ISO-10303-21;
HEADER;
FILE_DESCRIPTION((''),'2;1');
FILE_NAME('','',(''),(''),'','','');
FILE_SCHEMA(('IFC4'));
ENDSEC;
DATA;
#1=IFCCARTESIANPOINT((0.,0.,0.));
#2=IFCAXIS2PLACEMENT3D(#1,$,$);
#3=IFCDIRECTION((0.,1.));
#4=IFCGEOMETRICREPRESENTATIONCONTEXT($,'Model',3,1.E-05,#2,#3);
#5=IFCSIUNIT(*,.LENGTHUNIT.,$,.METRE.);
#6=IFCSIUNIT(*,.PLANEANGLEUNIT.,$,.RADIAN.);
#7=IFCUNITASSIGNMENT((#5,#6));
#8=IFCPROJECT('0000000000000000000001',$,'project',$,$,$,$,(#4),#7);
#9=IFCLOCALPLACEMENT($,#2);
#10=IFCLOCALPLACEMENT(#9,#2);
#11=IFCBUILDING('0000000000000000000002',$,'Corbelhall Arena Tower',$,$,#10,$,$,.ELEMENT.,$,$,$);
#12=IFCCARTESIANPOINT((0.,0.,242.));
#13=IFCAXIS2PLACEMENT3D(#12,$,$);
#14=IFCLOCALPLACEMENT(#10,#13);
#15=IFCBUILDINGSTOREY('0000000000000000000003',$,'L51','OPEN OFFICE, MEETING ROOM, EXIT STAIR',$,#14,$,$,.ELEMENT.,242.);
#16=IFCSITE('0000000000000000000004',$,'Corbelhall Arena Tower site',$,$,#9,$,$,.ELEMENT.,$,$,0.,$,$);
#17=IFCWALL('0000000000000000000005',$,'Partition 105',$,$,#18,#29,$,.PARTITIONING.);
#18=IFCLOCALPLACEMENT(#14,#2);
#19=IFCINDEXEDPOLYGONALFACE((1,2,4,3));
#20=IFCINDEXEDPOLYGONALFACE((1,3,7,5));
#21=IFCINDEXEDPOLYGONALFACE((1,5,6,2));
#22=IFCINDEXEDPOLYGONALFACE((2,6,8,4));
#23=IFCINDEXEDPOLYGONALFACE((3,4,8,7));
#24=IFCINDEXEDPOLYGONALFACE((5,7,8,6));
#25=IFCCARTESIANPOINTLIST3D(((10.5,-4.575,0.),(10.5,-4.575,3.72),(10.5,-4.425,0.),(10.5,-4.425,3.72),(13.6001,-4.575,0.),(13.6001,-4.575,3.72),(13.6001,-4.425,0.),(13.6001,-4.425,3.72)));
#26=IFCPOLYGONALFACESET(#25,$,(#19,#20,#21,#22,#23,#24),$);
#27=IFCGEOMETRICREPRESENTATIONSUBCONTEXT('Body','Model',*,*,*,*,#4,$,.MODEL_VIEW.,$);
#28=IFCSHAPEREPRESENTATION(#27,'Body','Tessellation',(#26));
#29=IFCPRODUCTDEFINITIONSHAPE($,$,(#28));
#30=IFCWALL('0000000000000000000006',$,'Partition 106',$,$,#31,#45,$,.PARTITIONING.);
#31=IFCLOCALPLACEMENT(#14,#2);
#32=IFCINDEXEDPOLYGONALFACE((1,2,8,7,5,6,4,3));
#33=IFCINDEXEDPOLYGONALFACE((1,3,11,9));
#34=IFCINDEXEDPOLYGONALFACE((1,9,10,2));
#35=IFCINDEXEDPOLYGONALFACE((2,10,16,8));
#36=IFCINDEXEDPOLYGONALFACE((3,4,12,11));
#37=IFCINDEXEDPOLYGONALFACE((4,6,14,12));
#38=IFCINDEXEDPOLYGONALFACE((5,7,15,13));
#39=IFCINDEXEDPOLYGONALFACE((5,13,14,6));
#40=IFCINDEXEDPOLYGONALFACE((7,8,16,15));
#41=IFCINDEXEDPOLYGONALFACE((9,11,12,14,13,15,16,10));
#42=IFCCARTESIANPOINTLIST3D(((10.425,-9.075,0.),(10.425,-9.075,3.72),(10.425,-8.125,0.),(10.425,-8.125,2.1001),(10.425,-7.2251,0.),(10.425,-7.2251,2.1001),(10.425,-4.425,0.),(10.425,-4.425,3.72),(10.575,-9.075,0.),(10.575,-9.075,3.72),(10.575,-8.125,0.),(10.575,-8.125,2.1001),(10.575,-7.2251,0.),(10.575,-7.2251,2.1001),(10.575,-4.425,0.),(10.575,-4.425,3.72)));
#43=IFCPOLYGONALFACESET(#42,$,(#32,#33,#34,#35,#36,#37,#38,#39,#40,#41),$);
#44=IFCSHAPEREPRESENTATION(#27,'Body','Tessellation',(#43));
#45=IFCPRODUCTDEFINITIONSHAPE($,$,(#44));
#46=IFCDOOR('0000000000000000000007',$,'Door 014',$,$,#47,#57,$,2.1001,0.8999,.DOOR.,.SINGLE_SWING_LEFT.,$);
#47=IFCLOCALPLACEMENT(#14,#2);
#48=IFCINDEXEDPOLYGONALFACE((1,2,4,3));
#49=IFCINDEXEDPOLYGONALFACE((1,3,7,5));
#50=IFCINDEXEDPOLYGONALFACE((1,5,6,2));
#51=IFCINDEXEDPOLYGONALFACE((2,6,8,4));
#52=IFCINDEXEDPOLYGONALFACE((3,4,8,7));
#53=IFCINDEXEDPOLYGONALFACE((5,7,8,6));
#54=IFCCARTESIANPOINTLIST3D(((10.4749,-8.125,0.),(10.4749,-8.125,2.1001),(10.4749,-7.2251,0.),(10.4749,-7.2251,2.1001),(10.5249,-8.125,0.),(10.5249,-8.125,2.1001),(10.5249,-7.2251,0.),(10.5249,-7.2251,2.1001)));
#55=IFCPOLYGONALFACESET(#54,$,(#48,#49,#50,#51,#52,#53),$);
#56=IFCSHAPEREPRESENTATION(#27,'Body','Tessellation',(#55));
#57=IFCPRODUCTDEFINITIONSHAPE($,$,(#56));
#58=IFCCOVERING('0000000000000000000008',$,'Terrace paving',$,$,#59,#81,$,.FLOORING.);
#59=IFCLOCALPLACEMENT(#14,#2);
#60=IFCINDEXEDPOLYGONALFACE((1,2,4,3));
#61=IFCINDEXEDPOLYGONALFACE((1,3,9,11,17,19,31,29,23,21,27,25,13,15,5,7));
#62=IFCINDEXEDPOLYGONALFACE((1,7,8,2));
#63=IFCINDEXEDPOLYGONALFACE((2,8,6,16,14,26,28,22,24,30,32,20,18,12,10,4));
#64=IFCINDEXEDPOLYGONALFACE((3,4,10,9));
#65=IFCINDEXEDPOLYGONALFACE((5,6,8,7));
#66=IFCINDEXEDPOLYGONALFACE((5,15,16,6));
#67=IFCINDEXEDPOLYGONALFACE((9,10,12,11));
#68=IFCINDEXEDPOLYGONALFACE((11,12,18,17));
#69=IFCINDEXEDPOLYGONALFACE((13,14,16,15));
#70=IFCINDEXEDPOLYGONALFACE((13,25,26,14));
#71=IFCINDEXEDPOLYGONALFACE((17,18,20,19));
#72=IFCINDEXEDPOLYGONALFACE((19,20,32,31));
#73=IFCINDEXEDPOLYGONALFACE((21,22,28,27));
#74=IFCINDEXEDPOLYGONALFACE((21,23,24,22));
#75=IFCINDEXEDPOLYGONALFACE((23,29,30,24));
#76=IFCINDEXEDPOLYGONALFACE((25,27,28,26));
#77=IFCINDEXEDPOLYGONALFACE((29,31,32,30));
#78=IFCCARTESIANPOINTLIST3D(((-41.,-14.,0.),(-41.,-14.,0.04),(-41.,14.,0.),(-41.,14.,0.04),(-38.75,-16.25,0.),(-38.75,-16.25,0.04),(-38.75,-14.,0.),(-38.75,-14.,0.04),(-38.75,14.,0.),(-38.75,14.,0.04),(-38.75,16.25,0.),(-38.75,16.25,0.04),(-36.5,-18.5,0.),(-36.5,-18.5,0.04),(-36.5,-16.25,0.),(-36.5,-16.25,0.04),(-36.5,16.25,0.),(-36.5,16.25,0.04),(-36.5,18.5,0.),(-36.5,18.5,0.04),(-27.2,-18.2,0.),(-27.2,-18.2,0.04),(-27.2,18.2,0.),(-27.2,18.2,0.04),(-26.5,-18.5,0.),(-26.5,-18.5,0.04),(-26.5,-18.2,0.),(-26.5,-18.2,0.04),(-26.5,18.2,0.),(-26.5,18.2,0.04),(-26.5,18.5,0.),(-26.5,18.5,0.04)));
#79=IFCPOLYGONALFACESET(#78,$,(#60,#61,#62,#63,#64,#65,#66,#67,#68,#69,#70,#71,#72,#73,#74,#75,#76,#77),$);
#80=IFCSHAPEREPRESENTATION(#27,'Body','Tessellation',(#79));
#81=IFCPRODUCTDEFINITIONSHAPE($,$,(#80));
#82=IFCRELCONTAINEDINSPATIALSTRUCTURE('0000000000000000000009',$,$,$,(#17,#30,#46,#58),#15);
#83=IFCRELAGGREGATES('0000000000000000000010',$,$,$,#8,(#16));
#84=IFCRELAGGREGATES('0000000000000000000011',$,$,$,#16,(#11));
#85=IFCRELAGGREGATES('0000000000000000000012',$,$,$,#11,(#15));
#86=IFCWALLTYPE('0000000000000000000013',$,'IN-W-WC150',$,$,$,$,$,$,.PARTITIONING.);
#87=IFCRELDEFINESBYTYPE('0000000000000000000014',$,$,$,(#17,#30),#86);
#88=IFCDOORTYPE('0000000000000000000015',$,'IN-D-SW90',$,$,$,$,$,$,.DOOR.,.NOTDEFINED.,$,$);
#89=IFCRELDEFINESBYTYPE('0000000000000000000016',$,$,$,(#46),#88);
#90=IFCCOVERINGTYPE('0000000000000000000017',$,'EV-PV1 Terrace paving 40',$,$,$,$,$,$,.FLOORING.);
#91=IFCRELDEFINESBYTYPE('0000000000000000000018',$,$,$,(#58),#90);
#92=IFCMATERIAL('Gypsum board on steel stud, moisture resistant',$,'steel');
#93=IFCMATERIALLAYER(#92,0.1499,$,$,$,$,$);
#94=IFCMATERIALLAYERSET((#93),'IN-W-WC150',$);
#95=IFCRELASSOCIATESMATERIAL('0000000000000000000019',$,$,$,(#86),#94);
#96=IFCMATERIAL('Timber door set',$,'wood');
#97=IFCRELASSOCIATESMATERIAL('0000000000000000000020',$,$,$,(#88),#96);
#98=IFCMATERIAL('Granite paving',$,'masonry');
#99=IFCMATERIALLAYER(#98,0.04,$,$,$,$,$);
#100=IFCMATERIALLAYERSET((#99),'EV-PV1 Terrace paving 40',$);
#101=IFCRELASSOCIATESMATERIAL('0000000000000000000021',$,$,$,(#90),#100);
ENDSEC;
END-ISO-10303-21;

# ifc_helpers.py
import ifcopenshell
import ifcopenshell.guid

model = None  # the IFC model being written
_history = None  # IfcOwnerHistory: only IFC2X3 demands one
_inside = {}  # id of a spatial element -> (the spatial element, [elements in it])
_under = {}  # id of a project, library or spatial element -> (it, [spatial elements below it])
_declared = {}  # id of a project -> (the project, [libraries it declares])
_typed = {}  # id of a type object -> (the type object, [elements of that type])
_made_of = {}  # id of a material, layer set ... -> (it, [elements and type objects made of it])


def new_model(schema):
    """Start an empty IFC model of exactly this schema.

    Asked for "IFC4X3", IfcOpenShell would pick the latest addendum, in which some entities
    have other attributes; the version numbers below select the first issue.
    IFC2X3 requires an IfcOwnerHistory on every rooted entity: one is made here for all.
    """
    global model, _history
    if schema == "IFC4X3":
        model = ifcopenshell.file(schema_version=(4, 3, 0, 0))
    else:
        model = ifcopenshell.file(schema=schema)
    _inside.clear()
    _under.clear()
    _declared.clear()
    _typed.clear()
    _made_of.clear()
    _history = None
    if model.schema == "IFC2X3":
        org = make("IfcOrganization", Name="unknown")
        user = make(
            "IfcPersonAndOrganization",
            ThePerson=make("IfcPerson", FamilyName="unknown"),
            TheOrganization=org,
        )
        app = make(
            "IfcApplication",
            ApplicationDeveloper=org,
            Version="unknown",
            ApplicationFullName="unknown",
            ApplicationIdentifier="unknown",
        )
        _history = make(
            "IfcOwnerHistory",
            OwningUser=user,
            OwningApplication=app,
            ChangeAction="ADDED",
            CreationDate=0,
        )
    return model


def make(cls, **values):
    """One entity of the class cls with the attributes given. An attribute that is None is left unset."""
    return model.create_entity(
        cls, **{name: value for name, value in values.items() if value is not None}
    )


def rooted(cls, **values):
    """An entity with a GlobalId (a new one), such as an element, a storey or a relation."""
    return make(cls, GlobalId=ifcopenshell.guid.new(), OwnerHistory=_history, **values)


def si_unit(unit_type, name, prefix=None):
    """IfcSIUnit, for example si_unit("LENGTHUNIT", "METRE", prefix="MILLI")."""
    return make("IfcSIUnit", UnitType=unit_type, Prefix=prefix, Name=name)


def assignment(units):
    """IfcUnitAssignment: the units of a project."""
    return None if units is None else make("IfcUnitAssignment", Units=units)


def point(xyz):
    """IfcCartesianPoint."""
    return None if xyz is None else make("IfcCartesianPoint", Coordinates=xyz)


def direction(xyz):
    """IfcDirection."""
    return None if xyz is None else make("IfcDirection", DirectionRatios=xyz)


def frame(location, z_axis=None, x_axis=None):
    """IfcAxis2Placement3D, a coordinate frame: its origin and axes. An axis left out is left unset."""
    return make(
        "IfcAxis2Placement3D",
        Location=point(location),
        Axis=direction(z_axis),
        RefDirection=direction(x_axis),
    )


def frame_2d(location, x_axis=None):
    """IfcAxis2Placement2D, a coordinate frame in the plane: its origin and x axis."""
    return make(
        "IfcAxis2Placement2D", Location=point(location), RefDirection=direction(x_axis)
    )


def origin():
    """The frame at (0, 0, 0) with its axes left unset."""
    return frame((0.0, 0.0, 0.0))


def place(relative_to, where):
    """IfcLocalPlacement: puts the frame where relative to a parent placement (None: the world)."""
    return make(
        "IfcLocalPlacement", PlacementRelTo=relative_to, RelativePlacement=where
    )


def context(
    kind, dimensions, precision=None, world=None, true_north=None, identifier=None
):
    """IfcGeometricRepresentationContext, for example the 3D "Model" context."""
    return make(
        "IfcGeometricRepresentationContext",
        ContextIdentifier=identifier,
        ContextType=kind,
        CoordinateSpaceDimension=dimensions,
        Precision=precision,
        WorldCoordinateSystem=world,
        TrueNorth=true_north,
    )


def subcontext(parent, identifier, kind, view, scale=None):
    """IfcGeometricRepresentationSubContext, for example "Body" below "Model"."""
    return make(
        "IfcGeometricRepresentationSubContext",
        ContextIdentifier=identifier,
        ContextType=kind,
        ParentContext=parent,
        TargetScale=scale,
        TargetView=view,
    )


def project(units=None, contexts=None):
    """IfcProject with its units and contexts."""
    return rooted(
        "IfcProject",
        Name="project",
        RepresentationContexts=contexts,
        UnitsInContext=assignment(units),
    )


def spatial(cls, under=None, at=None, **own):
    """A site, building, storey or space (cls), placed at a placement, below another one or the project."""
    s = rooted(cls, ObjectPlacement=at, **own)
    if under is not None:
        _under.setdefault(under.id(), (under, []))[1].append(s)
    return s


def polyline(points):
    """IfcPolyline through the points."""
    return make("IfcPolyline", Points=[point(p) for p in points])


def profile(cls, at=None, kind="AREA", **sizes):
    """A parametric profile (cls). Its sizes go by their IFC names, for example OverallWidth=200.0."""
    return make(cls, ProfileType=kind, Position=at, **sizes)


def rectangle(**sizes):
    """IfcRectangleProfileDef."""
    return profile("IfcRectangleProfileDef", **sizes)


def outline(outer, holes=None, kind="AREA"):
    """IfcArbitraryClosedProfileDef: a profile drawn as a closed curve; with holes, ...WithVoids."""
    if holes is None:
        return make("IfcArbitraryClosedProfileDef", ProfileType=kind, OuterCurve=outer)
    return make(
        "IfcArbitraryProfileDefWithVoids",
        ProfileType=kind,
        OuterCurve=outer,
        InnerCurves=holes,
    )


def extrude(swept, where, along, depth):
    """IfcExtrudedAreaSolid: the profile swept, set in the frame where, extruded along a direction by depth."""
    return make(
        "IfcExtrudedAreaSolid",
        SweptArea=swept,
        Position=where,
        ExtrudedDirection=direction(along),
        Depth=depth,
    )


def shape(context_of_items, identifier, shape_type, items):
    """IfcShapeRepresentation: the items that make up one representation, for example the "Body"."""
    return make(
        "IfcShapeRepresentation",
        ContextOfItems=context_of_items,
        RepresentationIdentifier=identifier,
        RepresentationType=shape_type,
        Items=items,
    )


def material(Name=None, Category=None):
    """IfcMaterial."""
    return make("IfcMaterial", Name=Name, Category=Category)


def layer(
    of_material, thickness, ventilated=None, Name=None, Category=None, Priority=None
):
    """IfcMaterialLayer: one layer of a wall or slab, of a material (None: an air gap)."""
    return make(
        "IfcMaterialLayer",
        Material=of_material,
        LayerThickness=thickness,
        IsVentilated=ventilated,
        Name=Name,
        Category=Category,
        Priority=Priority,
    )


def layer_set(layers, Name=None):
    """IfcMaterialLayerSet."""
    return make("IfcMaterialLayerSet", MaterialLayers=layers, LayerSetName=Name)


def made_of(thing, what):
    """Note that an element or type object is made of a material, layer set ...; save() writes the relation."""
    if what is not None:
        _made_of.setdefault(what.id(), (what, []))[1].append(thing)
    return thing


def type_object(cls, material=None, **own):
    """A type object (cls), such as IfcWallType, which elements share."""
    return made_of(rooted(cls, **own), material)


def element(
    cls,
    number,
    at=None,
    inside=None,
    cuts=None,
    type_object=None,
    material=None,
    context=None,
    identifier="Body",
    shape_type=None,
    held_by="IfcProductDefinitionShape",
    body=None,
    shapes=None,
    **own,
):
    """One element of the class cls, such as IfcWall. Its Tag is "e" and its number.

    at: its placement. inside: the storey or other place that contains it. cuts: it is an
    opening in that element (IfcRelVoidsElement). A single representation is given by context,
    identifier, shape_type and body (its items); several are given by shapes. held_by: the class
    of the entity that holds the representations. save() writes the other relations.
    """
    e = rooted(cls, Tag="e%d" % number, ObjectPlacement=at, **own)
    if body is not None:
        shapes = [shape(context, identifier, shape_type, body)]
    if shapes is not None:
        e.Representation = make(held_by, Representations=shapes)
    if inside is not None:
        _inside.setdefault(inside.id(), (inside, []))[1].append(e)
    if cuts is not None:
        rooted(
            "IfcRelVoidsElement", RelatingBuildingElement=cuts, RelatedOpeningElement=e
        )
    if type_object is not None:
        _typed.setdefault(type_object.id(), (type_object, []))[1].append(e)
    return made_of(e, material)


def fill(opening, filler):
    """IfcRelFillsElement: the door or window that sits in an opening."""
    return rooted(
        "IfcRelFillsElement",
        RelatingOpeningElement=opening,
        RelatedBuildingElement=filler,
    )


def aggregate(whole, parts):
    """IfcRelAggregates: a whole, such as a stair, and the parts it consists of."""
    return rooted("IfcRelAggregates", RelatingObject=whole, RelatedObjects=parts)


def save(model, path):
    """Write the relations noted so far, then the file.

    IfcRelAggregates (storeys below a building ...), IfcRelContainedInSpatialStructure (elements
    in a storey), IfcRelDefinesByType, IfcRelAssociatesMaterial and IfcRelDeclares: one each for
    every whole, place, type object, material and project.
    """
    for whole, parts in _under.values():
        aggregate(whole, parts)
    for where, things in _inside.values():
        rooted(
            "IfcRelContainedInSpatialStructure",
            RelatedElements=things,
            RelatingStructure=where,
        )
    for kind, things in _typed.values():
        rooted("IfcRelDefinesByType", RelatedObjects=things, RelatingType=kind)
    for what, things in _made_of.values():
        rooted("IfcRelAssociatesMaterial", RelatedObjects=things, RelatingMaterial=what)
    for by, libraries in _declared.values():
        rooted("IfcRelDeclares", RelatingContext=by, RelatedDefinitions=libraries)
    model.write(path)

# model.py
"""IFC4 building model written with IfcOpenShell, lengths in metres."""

from ifc_helpers import new_model, si_unit, direction, frame, frame_2d, origin, place, context, subcontext, project, spatial, polyline, rectangle, outline, extrude, material, layer, layer_set, type_object, element, fill, save


model = new_model("IFC4")

# Units and contexts
model_context = context("Model", 3, precision=1e-05, world=origin(), true_north=direction((0.0, 1.0)))
body_context = subcontext(model_context, "Body", "Model", "MODEL_VIEW")
ifc_project = project(units=[si_unit("LENGTHUNIT", "METRE"), si_unit("PLANEANGLEUNIT", "RADIAN")], contexts=[model_context])

# Site, building, storey
site_placement = place(None, origin())
site = spatial("IfcSite", under=ifc_project, at=site_placement, Name="Corbelhall Arena Tower site", CompositionType="ELEMENT", RefElevation=0.0)
building_placement = place(site_placement, origin())
building = spatial("IfcBuilding", under=site, at=building_placement, Name="Corbelhall Arena Tower", CompositionType="ELEMENT")
storey_placement = place(building_placement, frame((0.0, 0.0, 242.0)))
storey = spatial("IfcBuildingStorey", under=building, at=storey_placement, Name="L51", Description="OPEN OFFICE, MEETING ROOM, EXIT STAIR", CompositionType="ELEMENT", Elevation=242.0)

# Wall
ifc_material_1 = material(Name="Gypsum board on steel stud, moisture resistant", Category="steel")
ifc_layer_1 = layer(ifc_material_1, 0.1499)
ifc_layer_set_1 = layer_set([ifc_layer_1], Name="IN-W-WC150")
wall_type_1 = type_object("IfcWallType", Name="IN-W-WC150", PredefinedType="PARTITIONING", material=ifc_layer_set_1)
wall_1_placement = place(storey_placement, frame((10.5, -4.5, 0.0), z_axis=(0.0, 0.0, 1.0), x_axis=(1.0, 0.0, 0.0)))
element("IfcWall", 1, at=wall_1_placement, inside=storey, type_object=wall_type_1, Name="Partition 105", PredefinedType="PARTITIONING", context=body_context, shape_type="SweptSolid", body=[
    extrude(rectangle(XDim=3.1001, YDim=0.1499, at=frame_2d((1.55, 0.0))), origin(), (0.0, 0.0, 1.0), 3.72),
])

# Wall, opening, door
wall_2_placement = place(storey_placement, frame((10.5, -4.425, 0.0), z_axis=(0.0, 0.0, 1.0), x_axis=(0.0, -1.0, 0.0)))
wall_2 = element("IfcWall", 2, at=wall_2_placement, inside=storey, type_object=wall_type_1, Name="Partition 106", PredefinedType="PARTITIONING", context=body_context, shape_type="SweptSolid", body=[
    extrude(rectangle(XDim=4.6499, YDim=0.1499, at=frame_2d((2.325, 0.0))), origin(), (0.0, 0.0, 1.0), 3.72),
])
opening_1_placement = place(wall_2_placement, frame((2.8, 0.0, 0.0)))
opening_1 = element("IfcOpeningElement", 3, at=opening_1_placement, cuts=wall_2, PredefinedType="OPENING", context=body_context, shape_type="SweptSolid", body=[
    extrude(rectangle(XDim=0.8999, YDim=2.1001, at=frame_2d((0.45, 1.05))), frame((0.0, 0.075, 0.0), z_axis=(0.0, -1.0, 0.0), x_axis=(1.0, 0.0, 0.0)), (0.0, 0.0, 1.0), 0.1499),
])
ifc_material_2 = material(Name="Timber door set", Category="wood")
door_type_1 = type_object("IfcDoorType", Name="IN-D-SW90", OperationType="NOTDEFINED", PredefinedType="DOOR", material=ifc_material_2)
door_1_placement = place(opening_1_placement, origin())
door_1 = element("IfcDoor", 4, at=door_1_placement, inside=storey, type_object=door_type_1, Name="Door 014", OperationType="SINGLE_SWING_LEFT", OverallHeight=2.1001, OverallWidth=0.8999, PredefinedType="DOOR", context=body_context, shape_type="SweptSolid", body=[
    extrude(rectangle(XDim=0.8999, YDim=2.1001, at=frame_2d((0.45, 1.05))), frame((0.0, 0.0249, 0.0), z_axis=(0.0, -1.0, 0.0), x_axis=(1.0, 0.0, 0.0)), (0.0, 0.0, 1.0), 0.05),
])
fill(opening_1, door_1)

# Covering
ifc_material_3 = material(Name="Granite paving", Category="masonry")
ifc_layer_2 = layer(ifc_material_3, 0.04)
ifc_layer_set_2 = layer_set([ifc_layer_2], Name="EV-PV1 Terrace paving 40")
covering_type = type_object("IfcCoveringType", Name="EV-PV1 Terrace paving 40", PredefinedType="FLOORING", material=ifc_layer_set_2)
covering_placement = place(storey_placement, origin())
element("IfcCovering", 5, at=covering_placement, inside=storey, type_object=covering_type, Name="Terrace paving", PredefinedType="FLOORING", context=body_context, shape_type="SweptSolid", body=[
    extrude(outline(polyline([(-36.5, -18.5), (-36.5, -16.25), (-38.75, -16.25), (-38.75, -14.0), (-41.0, -14.0), (-41.0, 14.0), (-38.75, 14.0), (-38.75, 16.25), (-36.5, 16.25), (-36.5, 18.5), (-26.5, 18.5), (-26.5, 18.2), (-27.2, 18.2), (-27.2, -18.2), (-26.5, -18.2), (-26.5, -18.5), (-36.5, -18.5)])), origin(), (0.0, 0.0, 1.0), 0.04),
])

save(model, "model.ifc")
